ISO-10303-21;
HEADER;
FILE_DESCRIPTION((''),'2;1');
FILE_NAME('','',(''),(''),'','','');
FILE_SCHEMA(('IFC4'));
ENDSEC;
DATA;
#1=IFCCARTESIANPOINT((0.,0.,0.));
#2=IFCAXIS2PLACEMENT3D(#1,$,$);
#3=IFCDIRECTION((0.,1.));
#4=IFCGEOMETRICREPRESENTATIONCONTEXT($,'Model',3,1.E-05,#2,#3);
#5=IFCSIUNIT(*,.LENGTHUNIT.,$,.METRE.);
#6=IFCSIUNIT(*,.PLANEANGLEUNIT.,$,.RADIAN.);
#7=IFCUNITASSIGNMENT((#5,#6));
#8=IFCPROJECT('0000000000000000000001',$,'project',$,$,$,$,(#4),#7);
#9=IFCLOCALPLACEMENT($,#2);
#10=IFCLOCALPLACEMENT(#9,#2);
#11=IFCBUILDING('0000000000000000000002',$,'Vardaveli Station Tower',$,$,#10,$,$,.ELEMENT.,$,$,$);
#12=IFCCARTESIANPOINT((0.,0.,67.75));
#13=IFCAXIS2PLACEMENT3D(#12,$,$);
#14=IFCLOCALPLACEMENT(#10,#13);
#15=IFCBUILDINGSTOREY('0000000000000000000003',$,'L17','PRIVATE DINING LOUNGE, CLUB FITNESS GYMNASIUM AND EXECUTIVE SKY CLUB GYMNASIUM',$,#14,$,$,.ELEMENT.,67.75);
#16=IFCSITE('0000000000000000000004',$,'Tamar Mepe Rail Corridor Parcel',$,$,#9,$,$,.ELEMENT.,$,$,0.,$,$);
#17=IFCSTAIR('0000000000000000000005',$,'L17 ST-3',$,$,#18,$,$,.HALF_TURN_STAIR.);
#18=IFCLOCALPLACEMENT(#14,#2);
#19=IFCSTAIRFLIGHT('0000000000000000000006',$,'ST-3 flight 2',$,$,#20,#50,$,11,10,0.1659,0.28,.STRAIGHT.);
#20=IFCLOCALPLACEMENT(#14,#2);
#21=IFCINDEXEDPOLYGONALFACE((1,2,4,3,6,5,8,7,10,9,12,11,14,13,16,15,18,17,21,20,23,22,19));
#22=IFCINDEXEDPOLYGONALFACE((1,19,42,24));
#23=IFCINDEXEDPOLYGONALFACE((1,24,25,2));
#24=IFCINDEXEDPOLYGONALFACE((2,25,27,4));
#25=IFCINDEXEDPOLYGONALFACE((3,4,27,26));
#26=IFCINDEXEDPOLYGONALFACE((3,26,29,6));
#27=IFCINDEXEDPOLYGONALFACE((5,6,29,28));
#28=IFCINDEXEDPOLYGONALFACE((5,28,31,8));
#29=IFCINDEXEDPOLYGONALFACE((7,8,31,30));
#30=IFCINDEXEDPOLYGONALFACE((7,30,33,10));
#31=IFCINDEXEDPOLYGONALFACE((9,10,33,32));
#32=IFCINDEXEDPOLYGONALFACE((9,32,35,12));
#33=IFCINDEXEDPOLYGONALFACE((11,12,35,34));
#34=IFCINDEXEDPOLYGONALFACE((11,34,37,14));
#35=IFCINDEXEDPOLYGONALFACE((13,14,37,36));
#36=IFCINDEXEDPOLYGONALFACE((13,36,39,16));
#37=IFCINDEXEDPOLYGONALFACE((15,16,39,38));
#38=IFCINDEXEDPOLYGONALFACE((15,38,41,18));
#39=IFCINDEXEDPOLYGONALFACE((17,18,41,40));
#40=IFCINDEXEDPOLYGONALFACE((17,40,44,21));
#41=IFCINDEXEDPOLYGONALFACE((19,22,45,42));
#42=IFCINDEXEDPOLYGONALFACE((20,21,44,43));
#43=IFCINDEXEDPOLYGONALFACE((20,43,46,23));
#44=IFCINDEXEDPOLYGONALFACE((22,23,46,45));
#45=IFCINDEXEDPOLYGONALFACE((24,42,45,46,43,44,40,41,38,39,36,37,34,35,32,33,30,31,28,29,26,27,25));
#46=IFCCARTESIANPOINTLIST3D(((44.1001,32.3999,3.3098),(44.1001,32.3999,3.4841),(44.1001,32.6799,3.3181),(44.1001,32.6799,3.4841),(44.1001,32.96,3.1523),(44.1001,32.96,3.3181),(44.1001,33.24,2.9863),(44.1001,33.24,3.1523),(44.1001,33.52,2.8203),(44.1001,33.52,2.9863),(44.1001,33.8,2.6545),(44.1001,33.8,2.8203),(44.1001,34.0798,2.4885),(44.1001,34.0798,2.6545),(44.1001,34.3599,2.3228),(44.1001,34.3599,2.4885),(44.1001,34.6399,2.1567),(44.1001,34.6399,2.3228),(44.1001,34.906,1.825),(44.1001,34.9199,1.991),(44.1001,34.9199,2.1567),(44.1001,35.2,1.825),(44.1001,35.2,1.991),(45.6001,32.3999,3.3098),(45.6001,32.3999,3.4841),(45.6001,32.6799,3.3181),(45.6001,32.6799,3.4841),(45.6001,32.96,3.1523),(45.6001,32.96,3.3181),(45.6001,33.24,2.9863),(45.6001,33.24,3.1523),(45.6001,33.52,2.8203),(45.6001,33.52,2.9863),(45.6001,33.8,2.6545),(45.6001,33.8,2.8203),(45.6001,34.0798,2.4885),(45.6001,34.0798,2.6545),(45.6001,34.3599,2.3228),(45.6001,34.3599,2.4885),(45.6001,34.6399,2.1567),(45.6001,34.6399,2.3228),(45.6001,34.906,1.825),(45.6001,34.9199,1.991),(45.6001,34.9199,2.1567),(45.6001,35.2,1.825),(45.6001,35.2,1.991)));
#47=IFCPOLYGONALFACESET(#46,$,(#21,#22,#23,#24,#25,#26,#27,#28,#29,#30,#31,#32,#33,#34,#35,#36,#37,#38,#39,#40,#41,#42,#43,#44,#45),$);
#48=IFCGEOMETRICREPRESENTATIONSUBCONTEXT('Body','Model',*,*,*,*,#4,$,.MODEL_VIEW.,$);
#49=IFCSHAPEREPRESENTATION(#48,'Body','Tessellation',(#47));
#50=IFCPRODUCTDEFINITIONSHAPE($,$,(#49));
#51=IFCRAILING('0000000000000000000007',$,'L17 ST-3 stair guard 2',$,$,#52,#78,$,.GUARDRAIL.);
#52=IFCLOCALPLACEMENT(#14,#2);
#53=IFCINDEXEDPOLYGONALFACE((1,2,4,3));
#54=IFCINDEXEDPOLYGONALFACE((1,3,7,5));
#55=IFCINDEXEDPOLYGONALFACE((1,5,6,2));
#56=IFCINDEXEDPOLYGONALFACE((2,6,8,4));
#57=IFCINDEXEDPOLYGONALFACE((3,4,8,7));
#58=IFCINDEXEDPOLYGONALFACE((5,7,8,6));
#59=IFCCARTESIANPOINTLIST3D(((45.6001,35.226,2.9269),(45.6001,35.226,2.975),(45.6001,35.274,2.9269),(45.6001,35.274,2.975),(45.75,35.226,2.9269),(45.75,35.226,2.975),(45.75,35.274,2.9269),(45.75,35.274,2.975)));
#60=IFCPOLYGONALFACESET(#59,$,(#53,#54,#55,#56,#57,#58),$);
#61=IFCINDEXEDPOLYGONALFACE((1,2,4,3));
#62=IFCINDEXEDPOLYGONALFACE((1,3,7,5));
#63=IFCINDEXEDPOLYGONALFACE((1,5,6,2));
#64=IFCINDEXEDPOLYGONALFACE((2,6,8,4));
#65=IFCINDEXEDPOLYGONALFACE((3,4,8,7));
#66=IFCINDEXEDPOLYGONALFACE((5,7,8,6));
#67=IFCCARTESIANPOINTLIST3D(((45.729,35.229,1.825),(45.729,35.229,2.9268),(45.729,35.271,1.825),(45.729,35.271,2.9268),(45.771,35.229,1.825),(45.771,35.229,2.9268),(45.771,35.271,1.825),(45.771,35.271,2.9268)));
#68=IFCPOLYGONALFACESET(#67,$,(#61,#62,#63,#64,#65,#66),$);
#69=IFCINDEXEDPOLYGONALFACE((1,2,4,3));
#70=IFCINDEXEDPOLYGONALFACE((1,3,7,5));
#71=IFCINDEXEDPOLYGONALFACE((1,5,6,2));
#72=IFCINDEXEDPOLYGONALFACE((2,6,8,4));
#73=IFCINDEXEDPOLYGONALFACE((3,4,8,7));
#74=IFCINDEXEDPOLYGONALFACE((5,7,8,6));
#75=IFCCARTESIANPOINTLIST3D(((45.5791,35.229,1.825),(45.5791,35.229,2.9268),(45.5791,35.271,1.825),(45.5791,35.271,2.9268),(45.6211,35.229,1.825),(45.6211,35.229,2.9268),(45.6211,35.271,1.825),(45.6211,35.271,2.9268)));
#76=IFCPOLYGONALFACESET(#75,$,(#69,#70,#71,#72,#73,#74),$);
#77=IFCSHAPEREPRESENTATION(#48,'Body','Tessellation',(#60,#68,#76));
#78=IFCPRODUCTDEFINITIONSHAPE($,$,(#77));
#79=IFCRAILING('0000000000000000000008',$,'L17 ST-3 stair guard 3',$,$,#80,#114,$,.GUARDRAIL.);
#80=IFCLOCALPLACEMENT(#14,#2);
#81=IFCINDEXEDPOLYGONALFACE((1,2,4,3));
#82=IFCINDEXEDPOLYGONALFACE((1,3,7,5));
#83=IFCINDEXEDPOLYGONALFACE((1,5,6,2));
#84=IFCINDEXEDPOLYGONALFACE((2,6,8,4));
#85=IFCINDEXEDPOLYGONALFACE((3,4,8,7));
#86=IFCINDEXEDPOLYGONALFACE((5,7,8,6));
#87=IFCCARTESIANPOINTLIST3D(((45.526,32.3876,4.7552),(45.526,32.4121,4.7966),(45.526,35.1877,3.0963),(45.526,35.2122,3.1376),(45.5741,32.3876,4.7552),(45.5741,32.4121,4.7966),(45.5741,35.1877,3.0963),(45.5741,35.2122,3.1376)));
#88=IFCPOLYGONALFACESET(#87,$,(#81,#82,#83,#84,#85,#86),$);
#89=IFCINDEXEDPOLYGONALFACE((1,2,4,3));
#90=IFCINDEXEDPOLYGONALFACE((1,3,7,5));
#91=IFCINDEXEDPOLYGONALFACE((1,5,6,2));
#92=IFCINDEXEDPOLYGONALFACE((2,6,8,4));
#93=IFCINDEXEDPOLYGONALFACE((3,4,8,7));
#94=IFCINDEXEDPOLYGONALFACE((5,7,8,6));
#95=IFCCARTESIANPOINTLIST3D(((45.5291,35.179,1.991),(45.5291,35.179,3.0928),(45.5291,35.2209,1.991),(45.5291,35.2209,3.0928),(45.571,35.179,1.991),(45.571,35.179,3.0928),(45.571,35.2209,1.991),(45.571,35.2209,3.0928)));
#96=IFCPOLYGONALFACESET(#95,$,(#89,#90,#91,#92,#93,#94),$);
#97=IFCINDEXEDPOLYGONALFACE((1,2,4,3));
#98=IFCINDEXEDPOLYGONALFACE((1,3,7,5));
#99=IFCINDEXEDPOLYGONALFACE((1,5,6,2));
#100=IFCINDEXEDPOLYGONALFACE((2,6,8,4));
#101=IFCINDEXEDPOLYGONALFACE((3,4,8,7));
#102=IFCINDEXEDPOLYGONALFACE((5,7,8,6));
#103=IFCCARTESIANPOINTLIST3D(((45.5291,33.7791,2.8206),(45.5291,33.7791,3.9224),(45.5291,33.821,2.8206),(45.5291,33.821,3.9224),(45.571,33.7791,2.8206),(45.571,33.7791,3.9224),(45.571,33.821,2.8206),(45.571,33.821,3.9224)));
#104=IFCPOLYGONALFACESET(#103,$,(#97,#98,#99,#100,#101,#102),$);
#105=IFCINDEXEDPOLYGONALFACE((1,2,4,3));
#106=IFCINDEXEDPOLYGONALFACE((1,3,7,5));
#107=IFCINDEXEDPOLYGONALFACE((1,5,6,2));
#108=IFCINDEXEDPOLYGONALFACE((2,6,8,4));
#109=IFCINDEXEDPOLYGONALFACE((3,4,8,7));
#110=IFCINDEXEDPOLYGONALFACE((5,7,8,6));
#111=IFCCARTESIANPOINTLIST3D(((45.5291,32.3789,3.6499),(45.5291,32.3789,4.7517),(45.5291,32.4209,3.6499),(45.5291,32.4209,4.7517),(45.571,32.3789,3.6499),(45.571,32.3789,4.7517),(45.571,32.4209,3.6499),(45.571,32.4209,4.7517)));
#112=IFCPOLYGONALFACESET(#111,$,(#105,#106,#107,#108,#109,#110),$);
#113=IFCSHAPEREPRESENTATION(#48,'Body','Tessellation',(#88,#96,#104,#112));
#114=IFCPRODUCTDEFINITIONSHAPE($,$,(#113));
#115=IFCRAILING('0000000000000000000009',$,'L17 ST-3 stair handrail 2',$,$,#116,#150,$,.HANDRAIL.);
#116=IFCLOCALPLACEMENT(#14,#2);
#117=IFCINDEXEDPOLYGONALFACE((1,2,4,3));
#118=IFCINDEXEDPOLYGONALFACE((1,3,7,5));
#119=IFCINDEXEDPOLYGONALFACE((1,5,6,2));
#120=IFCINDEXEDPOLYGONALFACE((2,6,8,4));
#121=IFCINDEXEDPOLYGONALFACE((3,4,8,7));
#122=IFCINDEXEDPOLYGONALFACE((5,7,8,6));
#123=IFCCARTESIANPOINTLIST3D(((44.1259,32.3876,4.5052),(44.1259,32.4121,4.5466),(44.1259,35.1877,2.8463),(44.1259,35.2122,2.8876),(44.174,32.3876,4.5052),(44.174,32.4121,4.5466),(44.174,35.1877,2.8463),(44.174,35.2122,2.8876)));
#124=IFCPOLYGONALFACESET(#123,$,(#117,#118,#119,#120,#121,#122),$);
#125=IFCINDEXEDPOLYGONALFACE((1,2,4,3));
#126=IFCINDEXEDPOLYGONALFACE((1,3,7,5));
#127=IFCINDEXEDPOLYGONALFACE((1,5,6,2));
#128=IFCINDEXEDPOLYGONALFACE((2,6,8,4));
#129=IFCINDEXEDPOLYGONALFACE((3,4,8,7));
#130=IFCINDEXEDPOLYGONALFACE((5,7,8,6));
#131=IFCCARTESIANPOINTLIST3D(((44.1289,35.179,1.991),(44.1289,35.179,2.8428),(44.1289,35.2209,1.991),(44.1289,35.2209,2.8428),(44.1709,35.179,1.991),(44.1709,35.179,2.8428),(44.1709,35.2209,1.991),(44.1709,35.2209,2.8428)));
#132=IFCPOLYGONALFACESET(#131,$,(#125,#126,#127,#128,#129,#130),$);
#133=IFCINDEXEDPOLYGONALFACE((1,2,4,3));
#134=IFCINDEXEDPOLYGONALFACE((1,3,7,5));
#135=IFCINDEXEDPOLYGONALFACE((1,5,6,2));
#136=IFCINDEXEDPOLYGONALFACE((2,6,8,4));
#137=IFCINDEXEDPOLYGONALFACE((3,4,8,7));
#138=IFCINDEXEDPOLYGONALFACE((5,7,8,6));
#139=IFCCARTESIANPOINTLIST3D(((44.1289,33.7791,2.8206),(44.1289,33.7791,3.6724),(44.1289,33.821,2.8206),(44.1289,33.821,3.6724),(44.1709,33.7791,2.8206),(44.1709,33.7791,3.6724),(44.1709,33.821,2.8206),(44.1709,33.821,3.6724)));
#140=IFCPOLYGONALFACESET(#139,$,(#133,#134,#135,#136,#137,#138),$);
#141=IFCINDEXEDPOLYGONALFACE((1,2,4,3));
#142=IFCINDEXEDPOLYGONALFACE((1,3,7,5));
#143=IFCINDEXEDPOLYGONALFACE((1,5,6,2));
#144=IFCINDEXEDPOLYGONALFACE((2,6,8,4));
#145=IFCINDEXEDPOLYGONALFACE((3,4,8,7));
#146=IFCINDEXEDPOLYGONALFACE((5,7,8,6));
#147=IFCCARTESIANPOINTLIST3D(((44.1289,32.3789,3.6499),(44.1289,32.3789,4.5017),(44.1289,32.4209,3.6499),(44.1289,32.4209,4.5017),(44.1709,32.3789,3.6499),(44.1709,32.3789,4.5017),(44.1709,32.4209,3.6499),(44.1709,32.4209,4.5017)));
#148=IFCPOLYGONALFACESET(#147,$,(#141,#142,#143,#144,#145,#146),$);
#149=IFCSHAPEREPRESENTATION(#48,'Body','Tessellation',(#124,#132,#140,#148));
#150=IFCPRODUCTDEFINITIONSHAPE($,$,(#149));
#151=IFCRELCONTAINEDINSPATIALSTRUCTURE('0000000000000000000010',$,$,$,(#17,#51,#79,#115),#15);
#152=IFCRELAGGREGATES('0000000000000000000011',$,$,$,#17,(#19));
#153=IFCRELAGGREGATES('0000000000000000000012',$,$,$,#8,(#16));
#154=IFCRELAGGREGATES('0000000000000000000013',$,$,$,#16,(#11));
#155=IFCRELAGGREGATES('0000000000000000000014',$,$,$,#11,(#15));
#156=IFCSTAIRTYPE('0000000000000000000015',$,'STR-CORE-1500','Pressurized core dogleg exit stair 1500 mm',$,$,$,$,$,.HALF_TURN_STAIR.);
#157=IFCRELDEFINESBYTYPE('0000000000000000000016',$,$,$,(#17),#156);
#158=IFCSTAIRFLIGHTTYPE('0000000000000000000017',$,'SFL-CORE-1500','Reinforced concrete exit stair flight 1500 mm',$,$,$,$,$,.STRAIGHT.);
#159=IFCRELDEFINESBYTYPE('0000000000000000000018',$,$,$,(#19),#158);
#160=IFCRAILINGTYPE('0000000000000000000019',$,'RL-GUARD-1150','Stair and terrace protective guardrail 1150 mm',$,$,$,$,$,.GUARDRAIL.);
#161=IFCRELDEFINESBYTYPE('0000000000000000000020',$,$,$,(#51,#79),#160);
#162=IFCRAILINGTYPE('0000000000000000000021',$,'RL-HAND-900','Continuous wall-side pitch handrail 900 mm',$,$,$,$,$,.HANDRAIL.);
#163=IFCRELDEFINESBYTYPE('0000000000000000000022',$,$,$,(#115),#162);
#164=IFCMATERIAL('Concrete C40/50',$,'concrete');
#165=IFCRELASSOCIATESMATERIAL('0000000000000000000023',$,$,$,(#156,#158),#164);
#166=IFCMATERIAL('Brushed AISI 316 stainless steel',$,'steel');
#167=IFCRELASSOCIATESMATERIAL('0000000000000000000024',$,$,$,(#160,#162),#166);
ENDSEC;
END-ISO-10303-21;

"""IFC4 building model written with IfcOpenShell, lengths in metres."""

from ifc_helpers import new_model, si_unit, direction, frame, origin, origin_2d, place, context, subcontext, project, spatial, polyline, rectangle, outline, extrude, source, transform, mapped, material, type_object, element, aggregate, save


model = new_model("IFC4")

# Units and contexts
model_context = context("Model", 3, precision=1e-05, world=origin(), true_north=direction((0.0, 1.0)))
body_context = subcontext(model_context, "Body", "Model", "MODEL_VIEW")
ifc_project = project(units=[si_unit("LENGTHUNIT", "METRE"), si_unit("PLANEANGLEUNIT", "RADIAN")], contexts=[model_context])

# Site, building, storey
site_placement = place(None, origin())
site = spatial("IfcSite", under=ifc_project, at=site_placement, Name="Tamar Mepe Rail Corridor Parcel", CompositionType="ELEMENT", RefElevation=0.0)
building_placement = place(site_placement, origin())
building = spatial("IfcBuilding", under=site, at=building_placement, Name="Vardaveli Station Tower", CompositionType="ELEMENT")
storey_placement = place(building_placement, frame((0.0, 0.0, 67.75)))
storey = spatial("IfcBuildingStorey", under=building, at=storey_placement, Name="L17", Description="PRIVATE DINING LOUNGE, CLUB FITNESS GYMNASIUM AND EXECUTIVE SKY CLUB GYMNASIUM", CompositionType="ELEMENT", Elevation=67.75)

# Shared definitions
ifc_material_1 = material(Name="Concrete C40/50", Category="concrete")

# Stair, stair flight
stair_type = type_object("IfcStairType", Name="STR-CORE-1500", Description="Pressurized core dogleg exit stair 1500 mm", PredefinedType="HALF_TURN_STAIR", material=ifc_material_1)
stair_placement = place(storey_placement, origin())
stair = element("IfcStair", 1, at=stair_placement, inside=storey, type_object=stair_type, Name="L17 ST-3", PredefinedType="HALF_TURN_STAIR")
stair_flight_type = type_object("IfcStairFlightType", Name="SFL-CORE-1500", Description="Reinforced concrete exit stair flight 1500 mm", PredefinedType="STRAIGHT", material=ifc_material_1)
shared_shape_1 = source(origin(), body_context, "Body", "SweptSolid", [
    extrude(outline(polyline([(0.0, 0.0), (0.0, 0.166), (0.28, 0.166), (0.28, 0.3318), (0.5601, 0.3318), (0.5601, 0.4978), (0.8401, 0.4978), (0.8401, 0.6636), (1.1201, 0.6636), (1.1201, 0.8296), (1.3999, 0.8296), (1.3999, 0.9954), (1.6799, 0.9954), (1.6799, 1.1614), (1.96, 1.1614), (1.96, 1.3274), (2.24, 1.3274), (2.24, 1.4932), (2.52, 1.4932), (2.52, 1.6592), (2.8, 1.6592), (2.8, 1.825), (2.8, 1.4849), (0.2939, 0.0), (0.0, 0.0)])), frame((0.0, 0.75, 0.0), z_axis=(0.0, -1.0, 0.0), x_axis=(1.0, 0.0, 0.0)), (0.0, 0.0, 1.0), 1.5),
])
stair_flight_placement = place(storey_placement, frame((44.8501, 35.2, 1.825), z_axis=(0.0, 0.0, 1.0), x_axis=(0.0, -1.0, 0.0)))
stair_flight = element("IfcStairFlight", 2, at=stair_flight_placement, type_object=stair_flight_type, Name="ST-3 flight 2", NumberOfRisers=11, NumberOfTreads=10, PredefinedType="STRAIGHT", RiserHeight=0.1659, TreadLength=0.28, context=body_context, shape_type="MappedRepresentation", body=[
    mapped(shared_shape_1, transform((0.0, 0.0, 0.0), scale=1.0)),
])
aggregate(stair, [stair_flight])

# Railings
ifc_material_2 = material(Name="Brushed AISI 316 stainless steel", Category="steel")
railing_type_1 = type_object("IfcRailingType", Name="RL-GUARD-1150", Description="Stair and terrace protective guardrail 1150 mm", PredefinedType="GUARDRAIL", material=ifc_material_2)
shared_shape_2 = source(origin(), body_context, "Body", "SweptSolid", [
    extrude(rectangle(XDim=0.0481, YDim=0.0481, at=origin_2d()), frame((0.0, 0.0, 1.126), z_axis=(-1.0, 0.0, 0.0), x_axis=(0.0, -1.0, 0.0)), (0.0, 0.0, 1.0), 0.1499),
    extrude(rectangle(XDim=0.042, YDim=0.042, at=origin_2d()), origin(), (0.0, 0.0, 1.0), 1.1018),
    extrude(rectangle(XDim=0.042, YDim=0.042, at=origin_2d()), frame((-0.1499, 0.0, 0.0)), (0.0, 0.0, 1.0), 1.1018),
])
railing_1_placement = place(storey_placement, frame((45.75, 35.25, 1.825)))
element("IfcRailing", 3, at=railing_1_placement, inside=storey, type_object=railing_type_1, Name="L17 ST-3 stair guard 2", PredefinedType="GUARDRAIL", context=body_context, shape_type="MappedRepresentation", body=[
    mapped(shared_shape_2, transform((0.0, 0.0, 0.0), scale=1.0)),
])
shared_shape_3 = source(origin(), body_context, "Body", "SweptSolid", [
    extrude(rectangle(XDim=0.0481, YDim=0.0481, at=origin_2d()), frame((0.0, 0.0, 1.126), z_axis=(0.0, -0.860339, 0.509722), x_axis=(1.0, 0.0, 0.0)), (0.0, 0.0, 1.0), 3.2546),
    extrude(rectangle(XDim=0.042, YDim=0.042, at=origin_2d()), origin(), (0.0, 0.0, 1.0), 1.1018),
    extrude(rectangle(XDim=0.042, YDim=0.042, at=origin_2d()), frame((0.0, -1.3999, 0.8296)), (0.0, 0.0, 1.0), 1.1018),
    extrude(rectangle(XDim=0.042, YDim=0.042, at=origin_2d()), frame((0.0, -2.8, 1.6589)), (0.0, 0.0, 1.0), 1.1018),
])
railing_2_placement = place(storey_placement, frame((45.55, 35.2, 1.991)))
element("IfcRailing", 4, at=railing_2_placement, inside=storey, type_object=railing_type_1, Name="L17 ST-3 stair guard 3", PredefinedType="GUARDRAIL", context=body_context, shape_type="MappedRepresentation", body=[
    mapped(shared_shape_3, transform((0.0, 0.0, 0.0), scale=1.0)),
])
railing_type_2 = type_object("IfcRailingType", Name="RL-HAND-900", Description="Continuous wall-side pitch handrail 900 mm", PredefinedType="HANDRAIL", material=ifc_material_2)
shared_shape_4 = source(origin(), body_context, "Body", "SweptSolid", [
    extrude(rectangle(XDim=0.0481, YDim=0.0481, at=origin_2d()), frame((0.0, 0.0, 0.876), z_axis=(0.0, -0.860339, 0.509722), x_axis=(1.0, 0.0, 0.0)), (0.0, 0.0, 1.0), 3.2546),
    extrude(rectangle(XDim=0.042, YDim=0.042, at=origin_2d()), origin(), (0.0, 0.0, 1.0), 0.8518),
    extrude(rectangle(XDim=0.042, YDim=0.042, at=origin_2d()), frame((0.0, -1.3999, 0.8296)), (0.0, 0.0, 1.0), 0.8518),
    extrude(rectangle(XDim=0.042, YDim=0.042, at=origin_2d()), frame((0.0, -2.8, 1.6589)), (0.0, 0.0, 1.0), 0.8518),
])
railing_3_placement = place(storey_placement, frame((44.1499, 35.2, 1.991)))
element("IfcRailing", 5, at=railing_3_placement, inside=storey, type_object=railing_type_2, Name="L17 ST-3 stair handrail 2", PredefinedType="HANDRAIL", context=body_context, shape_type="MappedRepresentation", body=[
    mapped(shared_shape_4, transform((0.0, 0.0, 0.0), scale=1.0)),
])

save(model, "model.ifc")
